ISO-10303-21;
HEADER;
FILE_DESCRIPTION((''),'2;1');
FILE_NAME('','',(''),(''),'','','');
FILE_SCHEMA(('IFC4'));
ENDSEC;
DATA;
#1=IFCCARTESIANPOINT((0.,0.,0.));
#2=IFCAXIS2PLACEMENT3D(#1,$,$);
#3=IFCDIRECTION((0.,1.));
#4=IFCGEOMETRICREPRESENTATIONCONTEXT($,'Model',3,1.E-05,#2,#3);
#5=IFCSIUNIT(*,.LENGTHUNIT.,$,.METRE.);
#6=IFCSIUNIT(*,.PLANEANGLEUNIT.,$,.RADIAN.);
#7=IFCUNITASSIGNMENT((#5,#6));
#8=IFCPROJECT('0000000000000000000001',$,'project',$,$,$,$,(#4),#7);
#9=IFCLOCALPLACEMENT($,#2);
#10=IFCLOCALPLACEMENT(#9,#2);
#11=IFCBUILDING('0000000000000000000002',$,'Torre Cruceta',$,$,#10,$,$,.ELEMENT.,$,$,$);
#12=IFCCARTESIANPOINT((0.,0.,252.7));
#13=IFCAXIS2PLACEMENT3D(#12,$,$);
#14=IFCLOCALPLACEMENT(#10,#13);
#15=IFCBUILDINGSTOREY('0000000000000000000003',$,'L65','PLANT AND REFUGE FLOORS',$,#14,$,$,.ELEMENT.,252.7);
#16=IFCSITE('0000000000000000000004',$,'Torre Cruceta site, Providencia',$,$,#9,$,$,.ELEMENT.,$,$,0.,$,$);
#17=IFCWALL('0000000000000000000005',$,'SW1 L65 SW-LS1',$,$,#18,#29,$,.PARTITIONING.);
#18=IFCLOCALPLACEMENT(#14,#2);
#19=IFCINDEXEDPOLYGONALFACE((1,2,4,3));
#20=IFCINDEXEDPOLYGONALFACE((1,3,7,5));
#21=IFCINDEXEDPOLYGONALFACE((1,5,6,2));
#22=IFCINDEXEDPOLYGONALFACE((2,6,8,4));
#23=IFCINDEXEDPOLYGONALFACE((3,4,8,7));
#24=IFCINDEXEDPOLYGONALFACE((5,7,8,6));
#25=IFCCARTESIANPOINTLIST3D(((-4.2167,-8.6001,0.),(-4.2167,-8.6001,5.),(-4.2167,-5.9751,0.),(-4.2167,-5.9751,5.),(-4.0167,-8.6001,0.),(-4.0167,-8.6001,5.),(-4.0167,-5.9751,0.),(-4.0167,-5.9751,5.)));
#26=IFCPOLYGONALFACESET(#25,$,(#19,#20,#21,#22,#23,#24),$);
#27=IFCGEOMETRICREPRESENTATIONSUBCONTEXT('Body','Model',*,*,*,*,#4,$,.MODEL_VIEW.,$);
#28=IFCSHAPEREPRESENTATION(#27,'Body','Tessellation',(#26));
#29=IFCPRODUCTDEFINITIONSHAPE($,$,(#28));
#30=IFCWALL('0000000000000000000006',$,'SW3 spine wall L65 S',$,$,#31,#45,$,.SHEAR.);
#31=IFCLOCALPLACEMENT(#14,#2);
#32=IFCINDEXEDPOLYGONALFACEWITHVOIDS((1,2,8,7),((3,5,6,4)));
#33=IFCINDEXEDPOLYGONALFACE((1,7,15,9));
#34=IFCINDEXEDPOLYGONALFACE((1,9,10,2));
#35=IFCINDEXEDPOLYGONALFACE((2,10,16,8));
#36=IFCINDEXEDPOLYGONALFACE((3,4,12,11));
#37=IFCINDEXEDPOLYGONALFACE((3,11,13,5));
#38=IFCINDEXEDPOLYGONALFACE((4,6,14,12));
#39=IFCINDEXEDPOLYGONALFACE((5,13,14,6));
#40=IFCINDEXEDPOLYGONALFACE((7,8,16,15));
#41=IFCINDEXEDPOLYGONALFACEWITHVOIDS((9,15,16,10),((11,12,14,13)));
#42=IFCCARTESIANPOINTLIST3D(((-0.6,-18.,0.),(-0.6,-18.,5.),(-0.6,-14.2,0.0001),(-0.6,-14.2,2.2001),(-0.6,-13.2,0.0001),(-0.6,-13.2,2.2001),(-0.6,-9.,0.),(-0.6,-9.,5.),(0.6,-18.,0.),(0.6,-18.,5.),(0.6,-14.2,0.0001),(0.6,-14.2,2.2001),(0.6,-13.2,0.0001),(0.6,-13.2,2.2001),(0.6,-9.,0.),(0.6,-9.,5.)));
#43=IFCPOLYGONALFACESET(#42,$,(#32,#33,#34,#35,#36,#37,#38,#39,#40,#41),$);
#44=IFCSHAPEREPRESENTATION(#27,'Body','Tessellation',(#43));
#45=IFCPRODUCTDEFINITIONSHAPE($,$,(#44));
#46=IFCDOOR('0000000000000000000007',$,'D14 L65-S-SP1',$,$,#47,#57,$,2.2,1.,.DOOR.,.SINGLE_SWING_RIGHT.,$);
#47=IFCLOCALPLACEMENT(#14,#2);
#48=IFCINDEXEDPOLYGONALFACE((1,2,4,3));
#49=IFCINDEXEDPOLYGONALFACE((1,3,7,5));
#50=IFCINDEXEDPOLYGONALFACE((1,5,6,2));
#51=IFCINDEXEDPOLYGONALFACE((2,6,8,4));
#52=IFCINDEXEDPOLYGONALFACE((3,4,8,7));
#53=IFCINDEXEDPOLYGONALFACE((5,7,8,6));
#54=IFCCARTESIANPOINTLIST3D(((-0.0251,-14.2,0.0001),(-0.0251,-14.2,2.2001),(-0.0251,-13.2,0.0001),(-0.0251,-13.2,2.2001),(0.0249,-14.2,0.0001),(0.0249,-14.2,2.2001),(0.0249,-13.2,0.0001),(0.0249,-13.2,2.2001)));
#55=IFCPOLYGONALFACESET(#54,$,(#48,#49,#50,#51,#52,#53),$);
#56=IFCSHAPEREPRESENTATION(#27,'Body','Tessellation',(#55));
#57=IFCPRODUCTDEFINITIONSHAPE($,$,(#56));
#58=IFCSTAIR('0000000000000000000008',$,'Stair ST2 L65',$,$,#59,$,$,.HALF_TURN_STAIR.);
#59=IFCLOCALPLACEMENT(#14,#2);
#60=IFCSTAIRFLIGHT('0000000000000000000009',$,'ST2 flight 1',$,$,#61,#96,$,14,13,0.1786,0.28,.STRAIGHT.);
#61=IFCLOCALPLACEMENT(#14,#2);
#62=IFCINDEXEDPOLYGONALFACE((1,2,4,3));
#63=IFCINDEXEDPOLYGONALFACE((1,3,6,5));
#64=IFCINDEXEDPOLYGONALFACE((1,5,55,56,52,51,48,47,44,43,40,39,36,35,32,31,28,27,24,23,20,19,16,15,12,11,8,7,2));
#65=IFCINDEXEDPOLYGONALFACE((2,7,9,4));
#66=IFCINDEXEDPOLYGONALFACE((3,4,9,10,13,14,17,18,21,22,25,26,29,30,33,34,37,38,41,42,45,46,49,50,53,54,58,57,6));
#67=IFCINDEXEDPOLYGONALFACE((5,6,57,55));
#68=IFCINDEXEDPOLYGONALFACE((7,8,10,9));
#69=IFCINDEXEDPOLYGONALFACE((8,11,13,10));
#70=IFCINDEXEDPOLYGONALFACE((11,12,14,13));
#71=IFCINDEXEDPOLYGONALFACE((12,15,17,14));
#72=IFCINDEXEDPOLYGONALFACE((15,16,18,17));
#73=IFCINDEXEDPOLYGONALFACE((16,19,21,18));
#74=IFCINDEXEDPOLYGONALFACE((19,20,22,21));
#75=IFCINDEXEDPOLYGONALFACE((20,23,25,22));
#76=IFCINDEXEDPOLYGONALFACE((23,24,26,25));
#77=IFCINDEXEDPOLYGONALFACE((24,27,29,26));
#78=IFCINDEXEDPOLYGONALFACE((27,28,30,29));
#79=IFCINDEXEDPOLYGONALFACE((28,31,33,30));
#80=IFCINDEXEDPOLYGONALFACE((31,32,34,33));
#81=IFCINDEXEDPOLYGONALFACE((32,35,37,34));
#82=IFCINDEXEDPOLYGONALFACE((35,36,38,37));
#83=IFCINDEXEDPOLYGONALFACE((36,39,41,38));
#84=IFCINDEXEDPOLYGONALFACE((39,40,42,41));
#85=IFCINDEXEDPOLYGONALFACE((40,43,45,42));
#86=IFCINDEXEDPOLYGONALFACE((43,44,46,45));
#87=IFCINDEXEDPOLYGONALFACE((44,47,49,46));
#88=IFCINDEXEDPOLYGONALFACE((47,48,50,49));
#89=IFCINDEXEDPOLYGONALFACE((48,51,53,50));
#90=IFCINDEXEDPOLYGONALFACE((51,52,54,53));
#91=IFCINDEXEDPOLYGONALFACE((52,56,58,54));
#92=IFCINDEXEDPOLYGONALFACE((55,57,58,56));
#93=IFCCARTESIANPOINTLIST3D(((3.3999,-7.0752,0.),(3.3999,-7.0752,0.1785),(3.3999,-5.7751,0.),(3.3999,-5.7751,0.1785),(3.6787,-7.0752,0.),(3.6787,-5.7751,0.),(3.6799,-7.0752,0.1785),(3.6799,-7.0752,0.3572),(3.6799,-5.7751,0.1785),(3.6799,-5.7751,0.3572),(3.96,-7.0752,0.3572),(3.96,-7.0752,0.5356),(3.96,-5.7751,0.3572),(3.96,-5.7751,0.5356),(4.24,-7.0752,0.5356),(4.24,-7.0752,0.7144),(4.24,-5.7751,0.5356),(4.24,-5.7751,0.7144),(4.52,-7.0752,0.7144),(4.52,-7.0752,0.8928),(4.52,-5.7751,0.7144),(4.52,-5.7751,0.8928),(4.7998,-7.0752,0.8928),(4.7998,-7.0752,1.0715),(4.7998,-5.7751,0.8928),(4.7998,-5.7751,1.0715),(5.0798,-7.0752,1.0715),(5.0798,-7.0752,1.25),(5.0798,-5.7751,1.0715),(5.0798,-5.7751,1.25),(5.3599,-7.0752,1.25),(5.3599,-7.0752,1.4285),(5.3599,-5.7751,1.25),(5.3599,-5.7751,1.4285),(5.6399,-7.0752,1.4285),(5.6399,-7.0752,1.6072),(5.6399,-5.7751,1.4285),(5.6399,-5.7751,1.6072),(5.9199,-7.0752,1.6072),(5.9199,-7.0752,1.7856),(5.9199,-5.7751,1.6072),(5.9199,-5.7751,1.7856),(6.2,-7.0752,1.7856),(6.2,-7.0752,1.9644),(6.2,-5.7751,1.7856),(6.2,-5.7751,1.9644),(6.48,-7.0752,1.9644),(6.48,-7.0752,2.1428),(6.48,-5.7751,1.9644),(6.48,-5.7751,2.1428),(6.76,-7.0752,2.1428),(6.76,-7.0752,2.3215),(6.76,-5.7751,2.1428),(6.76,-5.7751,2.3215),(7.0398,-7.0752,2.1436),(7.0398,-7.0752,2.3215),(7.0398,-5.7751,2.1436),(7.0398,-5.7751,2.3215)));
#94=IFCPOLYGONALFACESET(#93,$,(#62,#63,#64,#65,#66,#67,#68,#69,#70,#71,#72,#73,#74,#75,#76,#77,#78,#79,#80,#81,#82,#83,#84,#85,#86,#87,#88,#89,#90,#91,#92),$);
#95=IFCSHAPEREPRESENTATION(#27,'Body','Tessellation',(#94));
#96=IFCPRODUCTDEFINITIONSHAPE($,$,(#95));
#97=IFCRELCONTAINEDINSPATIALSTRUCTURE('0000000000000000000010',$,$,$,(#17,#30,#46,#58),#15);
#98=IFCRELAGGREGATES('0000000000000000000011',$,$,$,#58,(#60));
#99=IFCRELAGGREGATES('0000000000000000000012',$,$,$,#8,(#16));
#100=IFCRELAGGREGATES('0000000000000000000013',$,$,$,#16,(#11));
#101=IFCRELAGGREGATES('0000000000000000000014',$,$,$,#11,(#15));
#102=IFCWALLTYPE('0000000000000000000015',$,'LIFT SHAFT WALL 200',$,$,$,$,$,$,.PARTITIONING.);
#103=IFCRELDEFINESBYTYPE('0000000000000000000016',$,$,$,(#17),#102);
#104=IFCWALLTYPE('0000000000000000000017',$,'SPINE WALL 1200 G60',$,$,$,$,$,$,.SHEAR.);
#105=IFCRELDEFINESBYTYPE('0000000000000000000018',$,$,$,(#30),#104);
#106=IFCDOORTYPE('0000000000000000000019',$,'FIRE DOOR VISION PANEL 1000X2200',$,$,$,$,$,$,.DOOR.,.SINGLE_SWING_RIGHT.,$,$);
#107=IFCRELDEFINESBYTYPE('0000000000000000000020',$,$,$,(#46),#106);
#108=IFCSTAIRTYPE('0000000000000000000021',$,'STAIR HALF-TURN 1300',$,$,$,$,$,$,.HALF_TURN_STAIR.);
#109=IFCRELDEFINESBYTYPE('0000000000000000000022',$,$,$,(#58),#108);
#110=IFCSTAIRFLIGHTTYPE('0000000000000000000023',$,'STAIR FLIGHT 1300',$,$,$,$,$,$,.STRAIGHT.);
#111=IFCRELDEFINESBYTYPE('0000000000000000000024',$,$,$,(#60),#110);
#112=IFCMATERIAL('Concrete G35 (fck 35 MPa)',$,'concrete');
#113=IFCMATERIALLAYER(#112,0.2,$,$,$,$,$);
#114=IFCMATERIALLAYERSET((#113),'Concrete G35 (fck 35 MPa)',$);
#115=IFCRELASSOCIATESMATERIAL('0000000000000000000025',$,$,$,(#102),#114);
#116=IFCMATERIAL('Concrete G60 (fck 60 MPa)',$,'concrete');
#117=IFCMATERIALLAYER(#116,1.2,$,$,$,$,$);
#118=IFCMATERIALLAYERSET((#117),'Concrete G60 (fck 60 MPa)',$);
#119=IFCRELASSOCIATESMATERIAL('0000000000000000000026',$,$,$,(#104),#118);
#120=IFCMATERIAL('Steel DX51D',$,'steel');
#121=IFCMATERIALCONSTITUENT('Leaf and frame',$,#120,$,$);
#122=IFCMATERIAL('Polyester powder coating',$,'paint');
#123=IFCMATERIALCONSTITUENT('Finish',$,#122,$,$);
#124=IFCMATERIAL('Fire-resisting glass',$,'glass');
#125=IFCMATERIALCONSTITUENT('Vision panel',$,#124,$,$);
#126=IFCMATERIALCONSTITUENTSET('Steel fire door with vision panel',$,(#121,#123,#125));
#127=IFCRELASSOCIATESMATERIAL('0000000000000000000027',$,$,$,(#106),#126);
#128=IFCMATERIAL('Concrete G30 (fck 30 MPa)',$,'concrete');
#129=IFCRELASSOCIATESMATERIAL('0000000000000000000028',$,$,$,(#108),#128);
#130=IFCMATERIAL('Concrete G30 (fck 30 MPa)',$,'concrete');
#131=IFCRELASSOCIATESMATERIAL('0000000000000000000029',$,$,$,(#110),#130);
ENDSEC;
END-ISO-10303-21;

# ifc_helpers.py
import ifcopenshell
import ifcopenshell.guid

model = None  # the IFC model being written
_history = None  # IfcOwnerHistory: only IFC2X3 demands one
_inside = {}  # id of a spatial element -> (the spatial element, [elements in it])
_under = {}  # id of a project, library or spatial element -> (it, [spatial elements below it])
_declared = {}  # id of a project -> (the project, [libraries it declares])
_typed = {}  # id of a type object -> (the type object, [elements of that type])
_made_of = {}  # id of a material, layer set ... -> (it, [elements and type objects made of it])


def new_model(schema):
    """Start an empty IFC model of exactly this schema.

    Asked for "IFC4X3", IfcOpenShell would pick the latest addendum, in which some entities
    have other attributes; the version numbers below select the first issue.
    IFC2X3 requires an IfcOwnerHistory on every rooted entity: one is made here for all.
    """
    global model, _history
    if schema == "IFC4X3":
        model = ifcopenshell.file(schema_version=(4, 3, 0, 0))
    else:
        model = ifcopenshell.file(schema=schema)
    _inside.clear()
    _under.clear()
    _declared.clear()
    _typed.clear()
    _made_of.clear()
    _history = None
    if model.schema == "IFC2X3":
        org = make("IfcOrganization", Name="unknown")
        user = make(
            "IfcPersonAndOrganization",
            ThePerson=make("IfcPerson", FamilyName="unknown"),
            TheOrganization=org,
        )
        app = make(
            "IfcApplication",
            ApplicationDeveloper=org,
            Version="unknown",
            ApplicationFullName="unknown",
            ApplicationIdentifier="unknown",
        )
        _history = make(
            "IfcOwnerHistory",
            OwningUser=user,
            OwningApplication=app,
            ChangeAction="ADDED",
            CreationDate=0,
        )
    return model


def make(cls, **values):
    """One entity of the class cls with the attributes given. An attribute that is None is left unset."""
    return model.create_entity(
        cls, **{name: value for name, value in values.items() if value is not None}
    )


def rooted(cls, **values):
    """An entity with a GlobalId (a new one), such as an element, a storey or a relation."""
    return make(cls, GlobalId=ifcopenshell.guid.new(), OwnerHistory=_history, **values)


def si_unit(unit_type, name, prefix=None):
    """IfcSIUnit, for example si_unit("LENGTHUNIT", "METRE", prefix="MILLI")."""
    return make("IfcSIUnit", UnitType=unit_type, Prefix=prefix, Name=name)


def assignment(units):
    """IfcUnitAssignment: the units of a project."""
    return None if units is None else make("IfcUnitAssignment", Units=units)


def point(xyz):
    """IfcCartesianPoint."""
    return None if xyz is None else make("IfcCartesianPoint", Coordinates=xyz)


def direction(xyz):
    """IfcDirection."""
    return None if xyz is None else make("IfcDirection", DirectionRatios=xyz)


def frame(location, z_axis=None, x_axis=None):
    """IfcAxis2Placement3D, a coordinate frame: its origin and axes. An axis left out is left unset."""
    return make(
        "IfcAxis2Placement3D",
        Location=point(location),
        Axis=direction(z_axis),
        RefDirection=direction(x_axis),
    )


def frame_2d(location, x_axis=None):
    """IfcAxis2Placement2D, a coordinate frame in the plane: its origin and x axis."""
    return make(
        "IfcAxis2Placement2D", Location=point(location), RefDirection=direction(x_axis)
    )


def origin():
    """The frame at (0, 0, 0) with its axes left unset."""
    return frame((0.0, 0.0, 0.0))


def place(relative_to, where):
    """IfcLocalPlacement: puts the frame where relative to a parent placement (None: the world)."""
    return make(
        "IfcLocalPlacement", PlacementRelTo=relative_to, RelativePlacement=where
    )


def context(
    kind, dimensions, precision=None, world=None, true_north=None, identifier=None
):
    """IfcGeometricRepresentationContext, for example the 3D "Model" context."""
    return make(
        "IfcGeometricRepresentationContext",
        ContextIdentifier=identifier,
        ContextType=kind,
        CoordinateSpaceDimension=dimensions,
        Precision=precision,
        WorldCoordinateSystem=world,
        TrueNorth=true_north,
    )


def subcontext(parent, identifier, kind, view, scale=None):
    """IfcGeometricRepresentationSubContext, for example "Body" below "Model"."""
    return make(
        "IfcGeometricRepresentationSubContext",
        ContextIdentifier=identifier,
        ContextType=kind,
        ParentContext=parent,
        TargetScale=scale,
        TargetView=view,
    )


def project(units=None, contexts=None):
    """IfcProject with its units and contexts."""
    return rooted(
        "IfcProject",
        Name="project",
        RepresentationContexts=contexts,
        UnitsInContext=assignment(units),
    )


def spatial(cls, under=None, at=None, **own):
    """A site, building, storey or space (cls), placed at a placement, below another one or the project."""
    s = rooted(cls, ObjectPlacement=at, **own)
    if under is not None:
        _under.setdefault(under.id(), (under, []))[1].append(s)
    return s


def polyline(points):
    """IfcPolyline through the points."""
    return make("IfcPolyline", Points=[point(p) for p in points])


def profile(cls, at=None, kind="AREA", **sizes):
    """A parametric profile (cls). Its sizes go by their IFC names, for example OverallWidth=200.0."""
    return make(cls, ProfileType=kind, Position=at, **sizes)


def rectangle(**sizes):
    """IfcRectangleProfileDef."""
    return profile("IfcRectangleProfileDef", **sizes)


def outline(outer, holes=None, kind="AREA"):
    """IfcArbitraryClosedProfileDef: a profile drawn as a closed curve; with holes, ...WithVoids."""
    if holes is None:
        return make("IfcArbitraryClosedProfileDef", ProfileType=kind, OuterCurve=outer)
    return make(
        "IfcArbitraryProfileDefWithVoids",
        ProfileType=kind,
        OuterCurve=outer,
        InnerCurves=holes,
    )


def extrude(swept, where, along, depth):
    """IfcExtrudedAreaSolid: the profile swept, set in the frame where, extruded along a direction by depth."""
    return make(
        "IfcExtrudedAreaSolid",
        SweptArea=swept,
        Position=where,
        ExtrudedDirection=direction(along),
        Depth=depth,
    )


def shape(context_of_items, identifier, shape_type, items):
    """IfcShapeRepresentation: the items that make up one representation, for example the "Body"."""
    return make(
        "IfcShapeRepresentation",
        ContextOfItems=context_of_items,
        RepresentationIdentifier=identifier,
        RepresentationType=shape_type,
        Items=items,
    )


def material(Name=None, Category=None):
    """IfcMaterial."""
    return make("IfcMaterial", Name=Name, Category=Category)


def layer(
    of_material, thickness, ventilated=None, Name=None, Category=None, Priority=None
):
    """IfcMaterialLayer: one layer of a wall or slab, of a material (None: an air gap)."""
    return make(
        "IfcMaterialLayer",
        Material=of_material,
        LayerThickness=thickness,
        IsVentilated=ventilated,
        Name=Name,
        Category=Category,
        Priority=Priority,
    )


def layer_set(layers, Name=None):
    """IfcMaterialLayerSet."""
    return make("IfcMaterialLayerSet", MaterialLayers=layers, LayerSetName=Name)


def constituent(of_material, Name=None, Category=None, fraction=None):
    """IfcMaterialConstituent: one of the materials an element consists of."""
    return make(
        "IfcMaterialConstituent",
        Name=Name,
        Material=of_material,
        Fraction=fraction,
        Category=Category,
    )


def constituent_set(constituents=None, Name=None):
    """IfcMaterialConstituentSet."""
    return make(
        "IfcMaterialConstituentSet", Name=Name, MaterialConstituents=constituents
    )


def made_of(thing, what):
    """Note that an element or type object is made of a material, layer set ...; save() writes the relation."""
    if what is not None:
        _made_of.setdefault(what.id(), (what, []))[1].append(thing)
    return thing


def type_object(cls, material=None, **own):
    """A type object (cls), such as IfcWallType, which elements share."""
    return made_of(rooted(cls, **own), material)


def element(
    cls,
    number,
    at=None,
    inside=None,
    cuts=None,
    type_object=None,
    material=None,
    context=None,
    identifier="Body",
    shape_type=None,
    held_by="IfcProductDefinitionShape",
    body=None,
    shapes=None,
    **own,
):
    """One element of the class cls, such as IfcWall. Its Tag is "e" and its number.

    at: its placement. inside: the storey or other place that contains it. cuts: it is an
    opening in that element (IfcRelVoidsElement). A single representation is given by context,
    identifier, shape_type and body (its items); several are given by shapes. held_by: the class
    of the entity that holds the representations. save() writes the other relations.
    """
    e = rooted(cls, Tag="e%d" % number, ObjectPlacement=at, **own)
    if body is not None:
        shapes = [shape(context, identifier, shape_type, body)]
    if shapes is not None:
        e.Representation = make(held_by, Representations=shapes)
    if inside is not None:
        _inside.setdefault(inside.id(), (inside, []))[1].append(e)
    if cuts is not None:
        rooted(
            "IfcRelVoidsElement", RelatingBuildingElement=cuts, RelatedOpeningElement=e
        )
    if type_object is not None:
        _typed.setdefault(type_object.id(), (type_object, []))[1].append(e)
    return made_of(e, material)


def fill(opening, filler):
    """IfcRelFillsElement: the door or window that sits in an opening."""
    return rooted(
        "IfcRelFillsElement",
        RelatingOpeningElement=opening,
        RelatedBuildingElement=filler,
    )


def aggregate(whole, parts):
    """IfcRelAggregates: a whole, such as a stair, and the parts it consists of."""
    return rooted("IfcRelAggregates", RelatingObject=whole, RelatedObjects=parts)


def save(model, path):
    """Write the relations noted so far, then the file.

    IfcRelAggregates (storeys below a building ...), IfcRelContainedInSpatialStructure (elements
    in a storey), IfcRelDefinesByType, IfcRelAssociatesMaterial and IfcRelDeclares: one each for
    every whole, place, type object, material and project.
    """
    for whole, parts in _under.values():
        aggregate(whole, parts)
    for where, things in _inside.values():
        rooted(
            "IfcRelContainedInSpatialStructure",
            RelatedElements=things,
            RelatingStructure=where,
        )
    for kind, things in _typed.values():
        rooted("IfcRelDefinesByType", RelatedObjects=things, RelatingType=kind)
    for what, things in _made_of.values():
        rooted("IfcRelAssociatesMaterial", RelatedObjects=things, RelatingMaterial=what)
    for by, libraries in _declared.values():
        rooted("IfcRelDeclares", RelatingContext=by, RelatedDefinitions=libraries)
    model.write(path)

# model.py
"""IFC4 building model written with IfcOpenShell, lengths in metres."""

from ifc_helpers import new_model, si_unit, direction, frame, frame_2d, origin, place, context, subcontext, project, spatial, polyline, rectangle, outline, extrude, material, layer, layer_set, constituent, constituent_set, type_object, element, fill, aggregate, save


model = new_model("IFC4")

# Units and contexts
model_context = context("Model", 3, precision=1e-05, world=origin(), true_north=direction((0.0, 1.0)))
body_context = subcontext(model_context, "Body", "Model", "MODEL_VIEW")
ifc_project = project(units=[si_unit("LENGTHUNIT", "METRE"), si_unit("PLANEANGLEUNIT", "RADIAN")], contexts=[model_context])

# Site, building, storey
site_placement = place(None, origin())
site = spatial("IfcSite", under=ifc_project, at=site_placement, Name="Torre Cruceta site, Providencia", CompositionType="ELEMENT", RefElevation=0.0)
building_placement = place(site_placement, origin())
building = spatial("IfcBuilding", under=site, at=building_placement, Name="Torre Cruceta", CompositionType="ELEMENT")
storey_placement = place(building_placement, frame((0.0, 0.0, 252.7)))
storey = spatial("IfcBuildingStorey", under=building, at=storey_placement, Name="L65", Description="PLANT AND REFUGE FLOORS", CompositionType="ELEMENT", Elevation=252.7)

# Wall
ifc_material_1 = material(Name="Concrete G35 (fck 35 MPa)", Category="concrete")
ifc_layer_1 = layer(ifc_material_1, 0.2)
ifc_layer_set_1 = layer_set([ifc_layer_1], Name="Concrete G35 (fck 35 MPa)")
wall_type_1 = type_object("IfcWallType", Name="LIFT SHAFT WALL 200", PredefinedType="PARTITIONING", material=ifc_layer_set_1)
wall_1_placement = place(storey_placement, frame((-4.1167, -5.9751, 0.0), z_axis=(0.0, 0.0, 1.0), x_axis=(0.0, -1.0, 0.0)))
element("IfcWall", 1, at=wall_1_placement, inside=storey, type_object=wall_type_1, Name="SW1 L65 SW-LS1", PredefinedType="PARTITIONING", context=body_context, shape_type="SweptSolid", body=[
    extrude(rectangle(XDim=2.625, YDim=0.2, at=frame_2d((1.3125, 0.0))), origin(), (0.0, 0.0, 1.0), 5.0),
])

# Wall, opening, door
ifc_material_2 = material(Name="Concrete G60 (fck 60 MPa)", Category="concrete")
ifc_layer_2 = layer(ifc_material_2, 1.2)
ifc_layer_set_2 = layer_set([ifc_layer_2], Name="Concrete G60 (fck 60 MPa)")
wall_type_2 = type_object("IfcWallType", Name="SPINE WALL 1200 G60", PredefinedType="SHEAR", material=ifc_layer_set_2)
wall_2_placement = place(storey_placement, frame((0.0, -9.0, 0.0), z_axis=(0.0, 0.0, 1.0), x_axis=(0.0, -1.0, 0.0)))
wall_2 = element("IfcWall", 2, at=wall_2_placement, inside=storey, type_object=wall_type_2, Name="SW3 spine wall L65 S", PredefinedType="SHEAR", context=body_context, shape_type="SweptSolid", body=[
    extrude(rectangle(XDim=9.0, YDim=1.2, at=frame_2d((4.5, 0.0))), origin(), (0.0, 0.0, 1.0), 5.0),
])
opening_1_placement = place(wall_2_placement, frame((4.2, 0.0, 0.0)))
opening_1 = element("IfcOpeningElement", 3, at=opening_1_placement, cuts=wall_2, PredefinedType="OPENING", context=body_context, shape_type="SweptSolid", body=[
    extrude(rectangle(XDim=1.0, YDim=2.2, at=frame_2d((0.5, 1.1001))), frame((0.0, 0.6099, 0.0), z_axis=(0.0, -1.0, 0.0), x_axis=(1.0, 0.0, 0.0)), (0.0, 0.0, 1.0), 1.22),
])
ifc_material_3 = material(Name="Steel DX51D", Category="steel")
ifc_constituent_1 = constituent(ifc_material_3, Name="Leaf and frame")
ifc_material_4 = material(Name="Polyester powder coating", Category="paint")
ifc_constituent_2 = constituent(ifc_material_4, Name="Finish")
ifc_material_5 = material(Name="Fire-resisting glass", Category="glass")
ifc_constituent_3 = constituent(ifc_material_5, Name="Vision panel")
ifc_constituent_set = constituent_set(constituents=[ifc_constituent_1, ifc_constituent_2, ifc_constituent_3], Name="Steel fire door with vision panel")
door_type_1 = type_object("IfcDoorType", Name="FIRE DOOR VISION PANEL 1000X2200", OperationType="SINGLE_SWING_RIGHT", PredefinedType="DOOR", material=ifc_constituent_set)
door_1_placement = place(opening_1_placement, frame((1.0, 0.0, 0.0), z_axis=(0.0, 0.0, 1.0), x_axis=(-1.0, 0.0, 0.0)))
door_1 = element("IfcDoor", 4, at=door_1_placement, inside=storey, type_object=door_type_1, Name="D14 L65-S-SP1", OperationType="SINGLE_SWING_RIGHT", OverallHeight=2.2, OverallWidth=1.0, PredefinedType="DOOR", context=body_context, shape_type="SweptSolid", body=[
    extrude(rectangle(XDim=1.0, YDim=2.2, at=frame_2d((0.5, 1.1001))), frame((0.0, 0.0251, 0.0), z_axis=(0.0, -1.0, 0.0), x_axis=(1.0, 0.0, 0.0)), (0.0, 0.0, 1.0), 0.05),
])
fill(opening_1, door_1)

# Stair, stair flight
ifc_material_6 = material(Name="Concrete G30 (fck 30 MPa)", Category="concrete")
stair_type = type_object("IfcStairType", Name="STAIR HALF-TURN 1300", PredefinedType="HALF_TURN_STAIR", material=ifc_material_6)
stair_placement = place(storey_placement, origin())
stair = element("IfcStair", 5, at=stair_placement, inside=storey, type_object=stair_type, Name="Stair ST2 L65", PredefinedType="HALF_TURN_STAIR")
ifc_material_7 = material(Name="Concrete G30 (fck 30 MPa)", Category="concrete")
stair_flight_type = type_object("IfcStairFlightType", Name="STAIR FLIGHT 1300", PredefinedType="STRAIGHT", material=ifc_material_7)
stair_flight_placement = place(storey_placement, frame((3.3999, -6.425, 0.0), z_axis=(0.0, 0.0, 1.0), x_axis=(1.0, 0.0, 0.0)))
stair_flight = element("IfcStairFlight", 6, at=stair_flight_placement, type_object=stair_flight_type, Name="ST2 flight 1", NumberOfRisers=14, NumberOfTreads=13, PredefinedType="STRAIGHT", RiserHeight=0.1786, TreadLength=0.28, context=body_context, shape_type="SweptSolid", body=[
    extrude(outline(polyline([(0.0, 0.0), (0.0, 0.1785), (0.28, 0.1785), (0.28, 0.3572), (0.5601, 0.3572), (0.5601, 0.5356), (0.8401, 0.5356), (0.8401, 0.7144), (1.1201, 0.7144), (1.1201, 0.8928), (1.3999, 0.8928), (1.3999, 1.0715), (1.6799, 1.0715), (1.6799, 1.25), (1.96, 1.25), (1.96, 1.4285), (2.24, 1.4285), (2.24, 1.6072), (2.52, 1.6072), (2.52, 1.7856), (2.8, 1.7856), (2.8, 1.9644), (3.0801, 1.9644), (3.0801, 2.1428), (3.3601, 2.1428), (3.3601, 2.3215), (3.6399, 2.3215), (3.6399, 2.5), (3.6399, 2.1436), (0.2788, 0.0), (0.0, 0.0)])), frame((0.0, 0.6499, 0.0), z_axis=(0.0, -1.0, 0.0), x_axis=(1.0, 0.0, 0.0)), (0.0, 0.0, 1.0), 1.3),
])
aggregate(stair, [stair_flight])

save(model, "model.ifc")
